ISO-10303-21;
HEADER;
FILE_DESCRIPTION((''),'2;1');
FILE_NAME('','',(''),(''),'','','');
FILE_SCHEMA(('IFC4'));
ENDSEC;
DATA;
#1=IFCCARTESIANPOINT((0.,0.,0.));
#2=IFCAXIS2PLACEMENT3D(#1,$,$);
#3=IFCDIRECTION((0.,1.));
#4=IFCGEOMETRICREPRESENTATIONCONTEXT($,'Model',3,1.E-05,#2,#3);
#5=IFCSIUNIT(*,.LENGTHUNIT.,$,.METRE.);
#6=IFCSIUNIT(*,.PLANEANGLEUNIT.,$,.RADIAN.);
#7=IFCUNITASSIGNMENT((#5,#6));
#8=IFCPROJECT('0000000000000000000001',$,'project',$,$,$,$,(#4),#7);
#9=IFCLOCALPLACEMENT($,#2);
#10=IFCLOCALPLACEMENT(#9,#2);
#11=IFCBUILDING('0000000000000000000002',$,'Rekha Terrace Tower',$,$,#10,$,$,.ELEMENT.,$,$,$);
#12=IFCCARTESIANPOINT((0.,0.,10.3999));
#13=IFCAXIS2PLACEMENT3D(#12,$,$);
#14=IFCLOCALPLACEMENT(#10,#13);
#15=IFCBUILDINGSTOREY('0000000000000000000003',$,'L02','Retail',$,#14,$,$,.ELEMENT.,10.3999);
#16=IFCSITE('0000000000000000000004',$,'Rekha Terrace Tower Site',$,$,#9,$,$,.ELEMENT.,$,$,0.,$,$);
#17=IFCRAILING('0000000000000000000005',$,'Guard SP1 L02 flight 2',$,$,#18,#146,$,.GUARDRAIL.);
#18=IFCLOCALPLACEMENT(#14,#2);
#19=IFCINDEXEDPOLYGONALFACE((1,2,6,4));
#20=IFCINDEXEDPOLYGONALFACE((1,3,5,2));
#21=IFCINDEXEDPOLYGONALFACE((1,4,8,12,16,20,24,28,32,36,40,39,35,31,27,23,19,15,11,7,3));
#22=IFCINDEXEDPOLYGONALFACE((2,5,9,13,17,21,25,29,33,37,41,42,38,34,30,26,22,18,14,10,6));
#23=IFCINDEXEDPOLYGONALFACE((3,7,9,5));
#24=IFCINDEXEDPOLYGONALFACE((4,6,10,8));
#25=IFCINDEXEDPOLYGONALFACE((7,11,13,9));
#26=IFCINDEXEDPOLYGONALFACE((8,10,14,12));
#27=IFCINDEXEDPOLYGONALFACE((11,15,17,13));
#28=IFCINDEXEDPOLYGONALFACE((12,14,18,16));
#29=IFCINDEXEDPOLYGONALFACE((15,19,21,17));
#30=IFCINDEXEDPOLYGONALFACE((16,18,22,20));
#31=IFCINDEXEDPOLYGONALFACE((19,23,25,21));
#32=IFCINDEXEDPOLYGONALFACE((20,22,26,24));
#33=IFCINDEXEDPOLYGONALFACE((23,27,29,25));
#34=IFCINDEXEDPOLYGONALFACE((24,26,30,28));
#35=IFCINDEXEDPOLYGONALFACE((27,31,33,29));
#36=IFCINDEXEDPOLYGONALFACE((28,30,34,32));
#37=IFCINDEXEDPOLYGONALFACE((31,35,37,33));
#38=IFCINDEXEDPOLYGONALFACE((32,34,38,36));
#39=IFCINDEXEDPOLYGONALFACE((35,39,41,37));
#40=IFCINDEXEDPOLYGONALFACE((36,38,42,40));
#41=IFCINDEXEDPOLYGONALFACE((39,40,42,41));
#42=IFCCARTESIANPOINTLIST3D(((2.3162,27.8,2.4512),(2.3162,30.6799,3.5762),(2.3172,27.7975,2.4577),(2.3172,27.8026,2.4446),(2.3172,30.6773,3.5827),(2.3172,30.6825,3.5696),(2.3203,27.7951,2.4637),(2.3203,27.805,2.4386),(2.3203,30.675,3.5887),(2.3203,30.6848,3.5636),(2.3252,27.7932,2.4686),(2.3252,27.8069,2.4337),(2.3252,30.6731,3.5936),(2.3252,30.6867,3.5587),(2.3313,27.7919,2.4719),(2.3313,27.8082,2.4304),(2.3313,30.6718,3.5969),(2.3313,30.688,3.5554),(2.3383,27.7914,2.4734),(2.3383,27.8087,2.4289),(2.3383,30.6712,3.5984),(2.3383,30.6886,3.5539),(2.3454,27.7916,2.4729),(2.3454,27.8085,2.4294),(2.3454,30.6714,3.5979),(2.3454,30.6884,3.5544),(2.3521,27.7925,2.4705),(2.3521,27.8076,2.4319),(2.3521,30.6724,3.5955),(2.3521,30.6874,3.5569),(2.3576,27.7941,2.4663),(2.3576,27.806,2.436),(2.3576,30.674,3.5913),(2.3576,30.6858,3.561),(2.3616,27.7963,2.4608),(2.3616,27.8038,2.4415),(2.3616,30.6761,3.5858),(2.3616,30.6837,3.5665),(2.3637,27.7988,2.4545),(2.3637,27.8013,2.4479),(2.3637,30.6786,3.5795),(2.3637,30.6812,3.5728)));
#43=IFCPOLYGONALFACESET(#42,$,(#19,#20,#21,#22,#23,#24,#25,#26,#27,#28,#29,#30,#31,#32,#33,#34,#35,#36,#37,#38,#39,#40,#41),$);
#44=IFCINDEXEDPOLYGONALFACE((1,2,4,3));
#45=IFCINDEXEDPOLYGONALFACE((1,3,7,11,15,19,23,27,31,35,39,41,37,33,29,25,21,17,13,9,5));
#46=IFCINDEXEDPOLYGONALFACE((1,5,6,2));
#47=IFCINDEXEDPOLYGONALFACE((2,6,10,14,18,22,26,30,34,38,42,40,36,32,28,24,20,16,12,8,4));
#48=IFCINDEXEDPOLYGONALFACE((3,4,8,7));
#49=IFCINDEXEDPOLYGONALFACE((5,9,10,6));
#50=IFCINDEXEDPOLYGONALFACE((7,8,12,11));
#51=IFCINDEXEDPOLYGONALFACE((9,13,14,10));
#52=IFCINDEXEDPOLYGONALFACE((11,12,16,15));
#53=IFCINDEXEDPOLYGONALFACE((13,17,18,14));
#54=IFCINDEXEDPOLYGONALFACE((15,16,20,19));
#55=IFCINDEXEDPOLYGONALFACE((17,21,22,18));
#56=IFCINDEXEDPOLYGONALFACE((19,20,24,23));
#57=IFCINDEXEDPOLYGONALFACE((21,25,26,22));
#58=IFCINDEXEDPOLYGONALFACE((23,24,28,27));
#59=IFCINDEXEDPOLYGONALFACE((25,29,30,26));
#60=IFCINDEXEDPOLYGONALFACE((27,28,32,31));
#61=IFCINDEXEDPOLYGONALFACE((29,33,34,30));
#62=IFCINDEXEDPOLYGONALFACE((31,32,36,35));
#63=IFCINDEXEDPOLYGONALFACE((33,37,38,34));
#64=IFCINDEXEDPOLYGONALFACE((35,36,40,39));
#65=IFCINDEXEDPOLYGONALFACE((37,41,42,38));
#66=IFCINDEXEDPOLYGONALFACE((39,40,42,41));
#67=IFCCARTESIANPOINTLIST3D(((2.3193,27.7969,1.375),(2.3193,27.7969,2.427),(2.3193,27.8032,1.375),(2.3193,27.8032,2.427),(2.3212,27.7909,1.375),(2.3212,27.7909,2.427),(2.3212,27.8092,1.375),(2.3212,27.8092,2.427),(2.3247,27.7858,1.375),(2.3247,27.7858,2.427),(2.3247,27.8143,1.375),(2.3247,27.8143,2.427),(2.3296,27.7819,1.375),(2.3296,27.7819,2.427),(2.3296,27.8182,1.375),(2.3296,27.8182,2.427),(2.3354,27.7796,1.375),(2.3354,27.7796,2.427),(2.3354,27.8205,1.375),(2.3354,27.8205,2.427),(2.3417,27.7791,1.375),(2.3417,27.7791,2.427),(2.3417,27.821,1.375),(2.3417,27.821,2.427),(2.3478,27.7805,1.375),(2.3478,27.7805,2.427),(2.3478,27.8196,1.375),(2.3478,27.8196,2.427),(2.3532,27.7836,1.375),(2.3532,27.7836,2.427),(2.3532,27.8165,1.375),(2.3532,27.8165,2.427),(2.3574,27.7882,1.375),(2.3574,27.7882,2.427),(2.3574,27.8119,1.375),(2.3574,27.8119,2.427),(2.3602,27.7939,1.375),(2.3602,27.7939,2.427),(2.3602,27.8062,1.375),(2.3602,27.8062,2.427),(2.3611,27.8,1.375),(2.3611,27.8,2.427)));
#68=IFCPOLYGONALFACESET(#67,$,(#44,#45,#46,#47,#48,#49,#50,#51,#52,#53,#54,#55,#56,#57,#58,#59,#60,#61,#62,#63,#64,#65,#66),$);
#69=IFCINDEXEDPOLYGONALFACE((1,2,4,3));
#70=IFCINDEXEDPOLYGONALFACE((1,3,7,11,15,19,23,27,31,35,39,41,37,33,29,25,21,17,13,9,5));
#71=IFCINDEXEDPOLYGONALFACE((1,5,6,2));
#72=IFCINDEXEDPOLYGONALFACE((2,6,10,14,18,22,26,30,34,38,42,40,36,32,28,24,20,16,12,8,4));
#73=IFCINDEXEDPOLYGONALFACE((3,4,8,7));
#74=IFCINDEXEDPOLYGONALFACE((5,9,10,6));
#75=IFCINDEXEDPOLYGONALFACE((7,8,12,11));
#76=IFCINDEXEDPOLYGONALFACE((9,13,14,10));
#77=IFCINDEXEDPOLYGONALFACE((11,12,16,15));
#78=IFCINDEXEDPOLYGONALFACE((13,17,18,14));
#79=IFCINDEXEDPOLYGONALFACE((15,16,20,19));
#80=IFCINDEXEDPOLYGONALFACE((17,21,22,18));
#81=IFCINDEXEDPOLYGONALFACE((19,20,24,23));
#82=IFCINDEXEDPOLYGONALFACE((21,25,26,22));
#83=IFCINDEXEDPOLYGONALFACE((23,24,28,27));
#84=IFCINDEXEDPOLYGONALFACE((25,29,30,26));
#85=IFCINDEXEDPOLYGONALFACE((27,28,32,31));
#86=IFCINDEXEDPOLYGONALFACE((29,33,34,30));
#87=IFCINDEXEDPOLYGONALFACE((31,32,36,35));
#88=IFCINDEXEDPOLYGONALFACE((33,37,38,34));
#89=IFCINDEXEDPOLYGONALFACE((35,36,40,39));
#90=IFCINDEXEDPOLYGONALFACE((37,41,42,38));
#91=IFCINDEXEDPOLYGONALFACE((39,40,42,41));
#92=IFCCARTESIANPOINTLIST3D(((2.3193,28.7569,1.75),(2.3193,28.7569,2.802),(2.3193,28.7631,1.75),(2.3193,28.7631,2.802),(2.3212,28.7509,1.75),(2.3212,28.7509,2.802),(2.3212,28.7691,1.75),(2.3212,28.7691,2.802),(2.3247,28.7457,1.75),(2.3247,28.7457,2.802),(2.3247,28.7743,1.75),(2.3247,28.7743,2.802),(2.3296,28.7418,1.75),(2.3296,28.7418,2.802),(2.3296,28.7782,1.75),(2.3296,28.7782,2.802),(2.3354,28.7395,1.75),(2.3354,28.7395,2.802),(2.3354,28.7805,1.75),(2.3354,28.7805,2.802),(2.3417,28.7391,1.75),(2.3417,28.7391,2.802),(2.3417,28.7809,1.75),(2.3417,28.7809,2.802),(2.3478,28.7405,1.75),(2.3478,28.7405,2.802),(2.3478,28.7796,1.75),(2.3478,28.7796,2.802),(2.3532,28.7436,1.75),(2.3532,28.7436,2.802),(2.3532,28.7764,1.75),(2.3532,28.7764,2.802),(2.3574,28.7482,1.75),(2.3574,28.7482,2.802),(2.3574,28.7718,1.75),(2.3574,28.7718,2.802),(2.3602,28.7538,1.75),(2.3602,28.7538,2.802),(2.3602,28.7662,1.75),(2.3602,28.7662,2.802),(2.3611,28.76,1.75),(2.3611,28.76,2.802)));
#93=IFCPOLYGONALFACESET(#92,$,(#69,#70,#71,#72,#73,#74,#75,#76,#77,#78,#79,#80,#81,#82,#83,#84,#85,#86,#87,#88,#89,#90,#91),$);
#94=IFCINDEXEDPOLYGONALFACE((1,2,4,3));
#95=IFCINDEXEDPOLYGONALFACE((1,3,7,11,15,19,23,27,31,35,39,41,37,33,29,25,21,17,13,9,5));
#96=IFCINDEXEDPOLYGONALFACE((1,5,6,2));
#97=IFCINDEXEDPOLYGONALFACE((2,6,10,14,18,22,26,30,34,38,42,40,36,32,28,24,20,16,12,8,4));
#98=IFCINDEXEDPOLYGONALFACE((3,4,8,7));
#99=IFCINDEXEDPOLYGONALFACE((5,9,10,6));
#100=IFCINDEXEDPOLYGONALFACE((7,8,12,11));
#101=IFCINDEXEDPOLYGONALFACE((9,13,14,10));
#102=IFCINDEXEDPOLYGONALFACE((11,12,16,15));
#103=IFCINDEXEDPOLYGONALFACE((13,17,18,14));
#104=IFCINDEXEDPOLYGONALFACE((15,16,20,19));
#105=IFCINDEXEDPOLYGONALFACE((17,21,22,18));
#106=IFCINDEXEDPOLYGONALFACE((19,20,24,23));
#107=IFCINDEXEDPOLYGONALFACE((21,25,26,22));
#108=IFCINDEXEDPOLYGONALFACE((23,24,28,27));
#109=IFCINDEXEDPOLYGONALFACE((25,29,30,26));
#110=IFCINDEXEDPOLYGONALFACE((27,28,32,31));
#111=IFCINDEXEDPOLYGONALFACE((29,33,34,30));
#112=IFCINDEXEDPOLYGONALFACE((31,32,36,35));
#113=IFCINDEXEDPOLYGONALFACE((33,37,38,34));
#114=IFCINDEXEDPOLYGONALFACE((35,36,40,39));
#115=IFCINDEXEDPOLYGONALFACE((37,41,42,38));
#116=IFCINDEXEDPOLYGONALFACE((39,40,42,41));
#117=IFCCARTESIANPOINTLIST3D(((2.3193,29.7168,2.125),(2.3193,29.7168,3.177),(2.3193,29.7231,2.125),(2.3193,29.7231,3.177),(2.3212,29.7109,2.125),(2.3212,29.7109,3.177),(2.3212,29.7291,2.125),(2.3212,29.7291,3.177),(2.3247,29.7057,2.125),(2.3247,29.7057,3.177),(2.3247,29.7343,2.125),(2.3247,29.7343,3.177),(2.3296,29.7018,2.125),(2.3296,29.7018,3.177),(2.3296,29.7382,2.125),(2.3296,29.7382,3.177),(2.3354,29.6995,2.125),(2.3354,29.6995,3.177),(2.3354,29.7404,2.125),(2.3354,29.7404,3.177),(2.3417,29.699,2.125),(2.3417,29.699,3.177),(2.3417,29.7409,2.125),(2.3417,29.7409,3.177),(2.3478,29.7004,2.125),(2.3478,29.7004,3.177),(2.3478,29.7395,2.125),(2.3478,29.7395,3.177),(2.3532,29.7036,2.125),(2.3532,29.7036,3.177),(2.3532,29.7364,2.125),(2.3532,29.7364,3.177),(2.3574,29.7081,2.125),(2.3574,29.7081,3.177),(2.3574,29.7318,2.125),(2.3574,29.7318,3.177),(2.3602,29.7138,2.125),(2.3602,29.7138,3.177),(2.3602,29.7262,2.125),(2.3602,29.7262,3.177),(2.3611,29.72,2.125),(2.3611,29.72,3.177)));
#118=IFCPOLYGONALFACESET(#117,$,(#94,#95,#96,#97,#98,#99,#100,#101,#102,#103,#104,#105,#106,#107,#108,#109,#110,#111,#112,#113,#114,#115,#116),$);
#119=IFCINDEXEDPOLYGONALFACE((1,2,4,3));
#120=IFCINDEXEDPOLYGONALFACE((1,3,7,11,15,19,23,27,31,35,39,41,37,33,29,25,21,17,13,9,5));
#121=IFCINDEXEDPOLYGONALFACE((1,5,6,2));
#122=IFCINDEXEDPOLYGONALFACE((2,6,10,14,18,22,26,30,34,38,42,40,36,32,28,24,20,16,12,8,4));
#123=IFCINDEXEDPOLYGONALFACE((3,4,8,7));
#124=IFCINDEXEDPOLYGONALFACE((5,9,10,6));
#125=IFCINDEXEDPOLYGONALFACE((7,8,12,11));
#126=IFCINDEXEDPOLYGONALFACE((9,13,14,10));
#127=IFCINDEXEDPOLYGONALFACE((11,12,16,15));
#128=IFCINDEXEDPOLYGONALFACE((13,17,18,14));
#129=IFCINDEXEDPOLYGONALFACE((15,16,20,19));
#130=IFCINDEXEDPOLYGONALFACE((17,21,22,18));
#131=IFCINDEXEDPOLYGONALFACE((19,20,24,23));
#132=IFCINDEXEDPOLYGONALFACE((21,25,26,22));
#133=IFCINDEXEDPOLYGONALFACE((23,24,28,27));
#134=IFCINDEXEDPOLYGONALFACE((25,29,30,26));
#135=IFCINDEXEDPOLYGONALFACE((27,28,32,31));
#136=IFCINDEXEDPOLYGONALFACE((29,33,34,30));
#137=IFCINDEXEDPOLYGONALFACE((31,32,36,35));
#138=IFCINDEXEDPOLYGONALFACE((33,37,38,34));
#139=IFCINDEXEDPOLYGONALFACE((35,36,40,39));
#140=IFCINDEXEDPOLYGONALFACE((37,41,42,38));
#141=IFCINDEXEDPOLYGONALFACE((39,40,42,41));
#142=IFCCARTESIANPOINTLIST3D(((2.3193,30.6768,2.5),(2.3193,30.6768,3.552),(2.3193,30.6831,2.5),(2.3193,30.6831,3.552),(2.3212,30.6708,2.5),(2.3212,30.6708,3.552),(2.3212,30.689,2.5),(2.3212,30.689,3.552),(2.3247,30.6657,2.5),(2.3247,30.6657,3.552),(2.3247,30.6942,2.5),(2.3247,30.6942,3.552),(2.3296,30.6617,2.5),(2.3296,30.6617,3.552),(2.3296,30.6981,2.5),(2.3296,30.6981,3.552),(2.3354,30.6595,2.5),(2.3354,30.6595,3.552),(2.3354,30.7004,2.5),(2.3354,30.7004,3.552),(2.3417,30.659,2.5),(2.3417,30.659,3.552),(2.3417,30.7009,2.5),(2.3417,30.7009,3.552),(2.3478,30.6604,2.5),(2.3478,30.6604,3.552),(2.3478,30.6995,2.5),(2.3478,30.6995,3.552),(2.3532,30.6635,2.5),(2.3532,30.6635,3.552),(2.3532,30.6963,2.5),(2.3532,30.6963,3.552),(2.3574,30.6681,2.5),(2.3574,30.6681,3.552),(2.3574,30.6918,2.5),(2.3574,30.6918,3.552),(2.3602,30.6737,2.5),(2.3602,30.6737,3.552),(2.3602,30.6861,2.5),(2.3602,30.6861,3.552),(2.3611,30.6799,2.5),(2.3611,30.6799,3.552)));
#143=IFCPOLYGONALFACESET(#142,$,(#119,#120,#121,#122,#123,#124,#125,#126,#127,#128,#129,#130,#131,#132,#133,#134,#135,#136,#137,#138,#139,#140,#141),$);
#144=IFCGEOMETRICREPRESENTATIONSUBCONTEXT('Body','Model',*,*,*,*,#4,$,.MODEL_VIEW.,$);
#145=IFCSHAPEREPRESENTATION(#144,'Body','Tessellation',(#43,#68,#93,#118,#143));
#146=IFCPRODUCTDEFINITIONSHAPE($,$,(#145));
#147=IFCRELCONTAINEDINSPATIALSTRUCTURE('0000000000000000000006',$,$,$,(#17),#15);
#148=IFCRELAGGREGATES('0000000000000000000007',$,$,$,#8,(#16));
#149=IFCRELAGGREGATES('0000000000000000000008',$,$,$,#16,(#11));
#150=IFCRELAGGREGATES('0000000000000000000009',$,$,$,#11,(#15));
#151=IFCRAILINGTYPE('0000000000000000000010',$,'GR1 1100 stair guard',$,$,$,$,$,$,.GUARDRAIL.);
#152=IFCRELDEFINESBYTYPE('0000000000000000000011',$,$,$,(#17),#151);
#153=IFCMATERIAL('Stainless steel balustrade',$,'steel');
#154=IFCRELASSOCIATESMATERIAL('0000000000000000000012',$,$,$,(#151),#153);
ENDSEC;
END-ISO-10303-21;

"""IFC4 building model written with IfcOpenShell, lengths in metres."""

from ifc_helpers import new_model, si_unit, direction, frame, origin, origin_2d, place, context, subcontext, project, spatial, circle, extrude, material, type_object, element, save


model = new_model("IFC4")

# Units and contexts
model_context = context("Model", 3, precision=1e-05, world=origin(), true_north=direction((0.0, 1.0)))
body_context = subcontext(model_context, "Body", "Model", "MODEL_VIEW")
ifc_project = project(units=[si_unit("LENGTHUNIT", "METRE"), si_unit("PLANEANGLEUNIT", "RADIAN")], contexts=[model_context])

# Site, building, storey
site_placement = place(None, origin())
site = spatial("IfcSite", under=ifc_project, at=site_placement, Name="Rekha Terrace Tower Site", CompositionType="ELEMENT", RefElevation=0.0)
building_placement = place(site_placement, origin())
building = spatial("IfcBuilding", under=site, at=building_placement, Name="Rekha Terrace Tower", CompositionType="ELEMENT")
storey_placement = place(building_placement, frame((0.0, 0.0, 10.3999)))
storey = spatial("IfcBuildingStorey", under=building, at=storey_placement, Name="L02", Description="Retail", CompositionType="ELEMENT", Elevation=10.3999)

# Railing
ifc_material_1 = material(Name="Stainless steel balustrade", Category="steel")
railing_type_1 = type_object("IfcRailingType", Name="GR1 1100 stair guard", PredefinedType="GUARDRAIL", material=ifc_material_1)
railing_1_placement = place(storey_placement, frame((2.3401, 27.8, 1.375)))
element("IfcRailing", 1, at=railing_1_placement, inside=storey, type_object=railing_type_1, Name="Guard SP1 L02 flight 2", PredefinedType="GUARDRAIL", context=body_context, shape_type="SweptSolid", body=[
    extrude(circle(Radius=0.0239, at=origin_2d()), frame((0.0, 0.0, 1.0762), z_axis=(0.0, 0.931452, 0.363863), x_axis=(-1.0, 0.0, 0.0)), (0.0, 0.0, 1.0), 3.0918),
    extrude(circle(Radius=0.021, at=origin_2d()), origin(), (0.0, 0.0, 1.0), 1.052),
    extrude(circle(Radius=0.021, at=origin_2d()), frame((0.0, 0.96, 0.375)), (0.0, 0.0, 1.0), 1.052),
    extrude(circle(Radius=0.021, at=origin_2d()), frame((0.0, 1.9199, 0.75)), (0.0, 0.0, 1.0), 1.052),
    extrude(circle(Radius=0.021, at=origin_2d()), frame((0.0, 2.8799, 1.125)), (0.0, 0.0, 1.0), 1.052),
])

save(model, "model.ifc")
